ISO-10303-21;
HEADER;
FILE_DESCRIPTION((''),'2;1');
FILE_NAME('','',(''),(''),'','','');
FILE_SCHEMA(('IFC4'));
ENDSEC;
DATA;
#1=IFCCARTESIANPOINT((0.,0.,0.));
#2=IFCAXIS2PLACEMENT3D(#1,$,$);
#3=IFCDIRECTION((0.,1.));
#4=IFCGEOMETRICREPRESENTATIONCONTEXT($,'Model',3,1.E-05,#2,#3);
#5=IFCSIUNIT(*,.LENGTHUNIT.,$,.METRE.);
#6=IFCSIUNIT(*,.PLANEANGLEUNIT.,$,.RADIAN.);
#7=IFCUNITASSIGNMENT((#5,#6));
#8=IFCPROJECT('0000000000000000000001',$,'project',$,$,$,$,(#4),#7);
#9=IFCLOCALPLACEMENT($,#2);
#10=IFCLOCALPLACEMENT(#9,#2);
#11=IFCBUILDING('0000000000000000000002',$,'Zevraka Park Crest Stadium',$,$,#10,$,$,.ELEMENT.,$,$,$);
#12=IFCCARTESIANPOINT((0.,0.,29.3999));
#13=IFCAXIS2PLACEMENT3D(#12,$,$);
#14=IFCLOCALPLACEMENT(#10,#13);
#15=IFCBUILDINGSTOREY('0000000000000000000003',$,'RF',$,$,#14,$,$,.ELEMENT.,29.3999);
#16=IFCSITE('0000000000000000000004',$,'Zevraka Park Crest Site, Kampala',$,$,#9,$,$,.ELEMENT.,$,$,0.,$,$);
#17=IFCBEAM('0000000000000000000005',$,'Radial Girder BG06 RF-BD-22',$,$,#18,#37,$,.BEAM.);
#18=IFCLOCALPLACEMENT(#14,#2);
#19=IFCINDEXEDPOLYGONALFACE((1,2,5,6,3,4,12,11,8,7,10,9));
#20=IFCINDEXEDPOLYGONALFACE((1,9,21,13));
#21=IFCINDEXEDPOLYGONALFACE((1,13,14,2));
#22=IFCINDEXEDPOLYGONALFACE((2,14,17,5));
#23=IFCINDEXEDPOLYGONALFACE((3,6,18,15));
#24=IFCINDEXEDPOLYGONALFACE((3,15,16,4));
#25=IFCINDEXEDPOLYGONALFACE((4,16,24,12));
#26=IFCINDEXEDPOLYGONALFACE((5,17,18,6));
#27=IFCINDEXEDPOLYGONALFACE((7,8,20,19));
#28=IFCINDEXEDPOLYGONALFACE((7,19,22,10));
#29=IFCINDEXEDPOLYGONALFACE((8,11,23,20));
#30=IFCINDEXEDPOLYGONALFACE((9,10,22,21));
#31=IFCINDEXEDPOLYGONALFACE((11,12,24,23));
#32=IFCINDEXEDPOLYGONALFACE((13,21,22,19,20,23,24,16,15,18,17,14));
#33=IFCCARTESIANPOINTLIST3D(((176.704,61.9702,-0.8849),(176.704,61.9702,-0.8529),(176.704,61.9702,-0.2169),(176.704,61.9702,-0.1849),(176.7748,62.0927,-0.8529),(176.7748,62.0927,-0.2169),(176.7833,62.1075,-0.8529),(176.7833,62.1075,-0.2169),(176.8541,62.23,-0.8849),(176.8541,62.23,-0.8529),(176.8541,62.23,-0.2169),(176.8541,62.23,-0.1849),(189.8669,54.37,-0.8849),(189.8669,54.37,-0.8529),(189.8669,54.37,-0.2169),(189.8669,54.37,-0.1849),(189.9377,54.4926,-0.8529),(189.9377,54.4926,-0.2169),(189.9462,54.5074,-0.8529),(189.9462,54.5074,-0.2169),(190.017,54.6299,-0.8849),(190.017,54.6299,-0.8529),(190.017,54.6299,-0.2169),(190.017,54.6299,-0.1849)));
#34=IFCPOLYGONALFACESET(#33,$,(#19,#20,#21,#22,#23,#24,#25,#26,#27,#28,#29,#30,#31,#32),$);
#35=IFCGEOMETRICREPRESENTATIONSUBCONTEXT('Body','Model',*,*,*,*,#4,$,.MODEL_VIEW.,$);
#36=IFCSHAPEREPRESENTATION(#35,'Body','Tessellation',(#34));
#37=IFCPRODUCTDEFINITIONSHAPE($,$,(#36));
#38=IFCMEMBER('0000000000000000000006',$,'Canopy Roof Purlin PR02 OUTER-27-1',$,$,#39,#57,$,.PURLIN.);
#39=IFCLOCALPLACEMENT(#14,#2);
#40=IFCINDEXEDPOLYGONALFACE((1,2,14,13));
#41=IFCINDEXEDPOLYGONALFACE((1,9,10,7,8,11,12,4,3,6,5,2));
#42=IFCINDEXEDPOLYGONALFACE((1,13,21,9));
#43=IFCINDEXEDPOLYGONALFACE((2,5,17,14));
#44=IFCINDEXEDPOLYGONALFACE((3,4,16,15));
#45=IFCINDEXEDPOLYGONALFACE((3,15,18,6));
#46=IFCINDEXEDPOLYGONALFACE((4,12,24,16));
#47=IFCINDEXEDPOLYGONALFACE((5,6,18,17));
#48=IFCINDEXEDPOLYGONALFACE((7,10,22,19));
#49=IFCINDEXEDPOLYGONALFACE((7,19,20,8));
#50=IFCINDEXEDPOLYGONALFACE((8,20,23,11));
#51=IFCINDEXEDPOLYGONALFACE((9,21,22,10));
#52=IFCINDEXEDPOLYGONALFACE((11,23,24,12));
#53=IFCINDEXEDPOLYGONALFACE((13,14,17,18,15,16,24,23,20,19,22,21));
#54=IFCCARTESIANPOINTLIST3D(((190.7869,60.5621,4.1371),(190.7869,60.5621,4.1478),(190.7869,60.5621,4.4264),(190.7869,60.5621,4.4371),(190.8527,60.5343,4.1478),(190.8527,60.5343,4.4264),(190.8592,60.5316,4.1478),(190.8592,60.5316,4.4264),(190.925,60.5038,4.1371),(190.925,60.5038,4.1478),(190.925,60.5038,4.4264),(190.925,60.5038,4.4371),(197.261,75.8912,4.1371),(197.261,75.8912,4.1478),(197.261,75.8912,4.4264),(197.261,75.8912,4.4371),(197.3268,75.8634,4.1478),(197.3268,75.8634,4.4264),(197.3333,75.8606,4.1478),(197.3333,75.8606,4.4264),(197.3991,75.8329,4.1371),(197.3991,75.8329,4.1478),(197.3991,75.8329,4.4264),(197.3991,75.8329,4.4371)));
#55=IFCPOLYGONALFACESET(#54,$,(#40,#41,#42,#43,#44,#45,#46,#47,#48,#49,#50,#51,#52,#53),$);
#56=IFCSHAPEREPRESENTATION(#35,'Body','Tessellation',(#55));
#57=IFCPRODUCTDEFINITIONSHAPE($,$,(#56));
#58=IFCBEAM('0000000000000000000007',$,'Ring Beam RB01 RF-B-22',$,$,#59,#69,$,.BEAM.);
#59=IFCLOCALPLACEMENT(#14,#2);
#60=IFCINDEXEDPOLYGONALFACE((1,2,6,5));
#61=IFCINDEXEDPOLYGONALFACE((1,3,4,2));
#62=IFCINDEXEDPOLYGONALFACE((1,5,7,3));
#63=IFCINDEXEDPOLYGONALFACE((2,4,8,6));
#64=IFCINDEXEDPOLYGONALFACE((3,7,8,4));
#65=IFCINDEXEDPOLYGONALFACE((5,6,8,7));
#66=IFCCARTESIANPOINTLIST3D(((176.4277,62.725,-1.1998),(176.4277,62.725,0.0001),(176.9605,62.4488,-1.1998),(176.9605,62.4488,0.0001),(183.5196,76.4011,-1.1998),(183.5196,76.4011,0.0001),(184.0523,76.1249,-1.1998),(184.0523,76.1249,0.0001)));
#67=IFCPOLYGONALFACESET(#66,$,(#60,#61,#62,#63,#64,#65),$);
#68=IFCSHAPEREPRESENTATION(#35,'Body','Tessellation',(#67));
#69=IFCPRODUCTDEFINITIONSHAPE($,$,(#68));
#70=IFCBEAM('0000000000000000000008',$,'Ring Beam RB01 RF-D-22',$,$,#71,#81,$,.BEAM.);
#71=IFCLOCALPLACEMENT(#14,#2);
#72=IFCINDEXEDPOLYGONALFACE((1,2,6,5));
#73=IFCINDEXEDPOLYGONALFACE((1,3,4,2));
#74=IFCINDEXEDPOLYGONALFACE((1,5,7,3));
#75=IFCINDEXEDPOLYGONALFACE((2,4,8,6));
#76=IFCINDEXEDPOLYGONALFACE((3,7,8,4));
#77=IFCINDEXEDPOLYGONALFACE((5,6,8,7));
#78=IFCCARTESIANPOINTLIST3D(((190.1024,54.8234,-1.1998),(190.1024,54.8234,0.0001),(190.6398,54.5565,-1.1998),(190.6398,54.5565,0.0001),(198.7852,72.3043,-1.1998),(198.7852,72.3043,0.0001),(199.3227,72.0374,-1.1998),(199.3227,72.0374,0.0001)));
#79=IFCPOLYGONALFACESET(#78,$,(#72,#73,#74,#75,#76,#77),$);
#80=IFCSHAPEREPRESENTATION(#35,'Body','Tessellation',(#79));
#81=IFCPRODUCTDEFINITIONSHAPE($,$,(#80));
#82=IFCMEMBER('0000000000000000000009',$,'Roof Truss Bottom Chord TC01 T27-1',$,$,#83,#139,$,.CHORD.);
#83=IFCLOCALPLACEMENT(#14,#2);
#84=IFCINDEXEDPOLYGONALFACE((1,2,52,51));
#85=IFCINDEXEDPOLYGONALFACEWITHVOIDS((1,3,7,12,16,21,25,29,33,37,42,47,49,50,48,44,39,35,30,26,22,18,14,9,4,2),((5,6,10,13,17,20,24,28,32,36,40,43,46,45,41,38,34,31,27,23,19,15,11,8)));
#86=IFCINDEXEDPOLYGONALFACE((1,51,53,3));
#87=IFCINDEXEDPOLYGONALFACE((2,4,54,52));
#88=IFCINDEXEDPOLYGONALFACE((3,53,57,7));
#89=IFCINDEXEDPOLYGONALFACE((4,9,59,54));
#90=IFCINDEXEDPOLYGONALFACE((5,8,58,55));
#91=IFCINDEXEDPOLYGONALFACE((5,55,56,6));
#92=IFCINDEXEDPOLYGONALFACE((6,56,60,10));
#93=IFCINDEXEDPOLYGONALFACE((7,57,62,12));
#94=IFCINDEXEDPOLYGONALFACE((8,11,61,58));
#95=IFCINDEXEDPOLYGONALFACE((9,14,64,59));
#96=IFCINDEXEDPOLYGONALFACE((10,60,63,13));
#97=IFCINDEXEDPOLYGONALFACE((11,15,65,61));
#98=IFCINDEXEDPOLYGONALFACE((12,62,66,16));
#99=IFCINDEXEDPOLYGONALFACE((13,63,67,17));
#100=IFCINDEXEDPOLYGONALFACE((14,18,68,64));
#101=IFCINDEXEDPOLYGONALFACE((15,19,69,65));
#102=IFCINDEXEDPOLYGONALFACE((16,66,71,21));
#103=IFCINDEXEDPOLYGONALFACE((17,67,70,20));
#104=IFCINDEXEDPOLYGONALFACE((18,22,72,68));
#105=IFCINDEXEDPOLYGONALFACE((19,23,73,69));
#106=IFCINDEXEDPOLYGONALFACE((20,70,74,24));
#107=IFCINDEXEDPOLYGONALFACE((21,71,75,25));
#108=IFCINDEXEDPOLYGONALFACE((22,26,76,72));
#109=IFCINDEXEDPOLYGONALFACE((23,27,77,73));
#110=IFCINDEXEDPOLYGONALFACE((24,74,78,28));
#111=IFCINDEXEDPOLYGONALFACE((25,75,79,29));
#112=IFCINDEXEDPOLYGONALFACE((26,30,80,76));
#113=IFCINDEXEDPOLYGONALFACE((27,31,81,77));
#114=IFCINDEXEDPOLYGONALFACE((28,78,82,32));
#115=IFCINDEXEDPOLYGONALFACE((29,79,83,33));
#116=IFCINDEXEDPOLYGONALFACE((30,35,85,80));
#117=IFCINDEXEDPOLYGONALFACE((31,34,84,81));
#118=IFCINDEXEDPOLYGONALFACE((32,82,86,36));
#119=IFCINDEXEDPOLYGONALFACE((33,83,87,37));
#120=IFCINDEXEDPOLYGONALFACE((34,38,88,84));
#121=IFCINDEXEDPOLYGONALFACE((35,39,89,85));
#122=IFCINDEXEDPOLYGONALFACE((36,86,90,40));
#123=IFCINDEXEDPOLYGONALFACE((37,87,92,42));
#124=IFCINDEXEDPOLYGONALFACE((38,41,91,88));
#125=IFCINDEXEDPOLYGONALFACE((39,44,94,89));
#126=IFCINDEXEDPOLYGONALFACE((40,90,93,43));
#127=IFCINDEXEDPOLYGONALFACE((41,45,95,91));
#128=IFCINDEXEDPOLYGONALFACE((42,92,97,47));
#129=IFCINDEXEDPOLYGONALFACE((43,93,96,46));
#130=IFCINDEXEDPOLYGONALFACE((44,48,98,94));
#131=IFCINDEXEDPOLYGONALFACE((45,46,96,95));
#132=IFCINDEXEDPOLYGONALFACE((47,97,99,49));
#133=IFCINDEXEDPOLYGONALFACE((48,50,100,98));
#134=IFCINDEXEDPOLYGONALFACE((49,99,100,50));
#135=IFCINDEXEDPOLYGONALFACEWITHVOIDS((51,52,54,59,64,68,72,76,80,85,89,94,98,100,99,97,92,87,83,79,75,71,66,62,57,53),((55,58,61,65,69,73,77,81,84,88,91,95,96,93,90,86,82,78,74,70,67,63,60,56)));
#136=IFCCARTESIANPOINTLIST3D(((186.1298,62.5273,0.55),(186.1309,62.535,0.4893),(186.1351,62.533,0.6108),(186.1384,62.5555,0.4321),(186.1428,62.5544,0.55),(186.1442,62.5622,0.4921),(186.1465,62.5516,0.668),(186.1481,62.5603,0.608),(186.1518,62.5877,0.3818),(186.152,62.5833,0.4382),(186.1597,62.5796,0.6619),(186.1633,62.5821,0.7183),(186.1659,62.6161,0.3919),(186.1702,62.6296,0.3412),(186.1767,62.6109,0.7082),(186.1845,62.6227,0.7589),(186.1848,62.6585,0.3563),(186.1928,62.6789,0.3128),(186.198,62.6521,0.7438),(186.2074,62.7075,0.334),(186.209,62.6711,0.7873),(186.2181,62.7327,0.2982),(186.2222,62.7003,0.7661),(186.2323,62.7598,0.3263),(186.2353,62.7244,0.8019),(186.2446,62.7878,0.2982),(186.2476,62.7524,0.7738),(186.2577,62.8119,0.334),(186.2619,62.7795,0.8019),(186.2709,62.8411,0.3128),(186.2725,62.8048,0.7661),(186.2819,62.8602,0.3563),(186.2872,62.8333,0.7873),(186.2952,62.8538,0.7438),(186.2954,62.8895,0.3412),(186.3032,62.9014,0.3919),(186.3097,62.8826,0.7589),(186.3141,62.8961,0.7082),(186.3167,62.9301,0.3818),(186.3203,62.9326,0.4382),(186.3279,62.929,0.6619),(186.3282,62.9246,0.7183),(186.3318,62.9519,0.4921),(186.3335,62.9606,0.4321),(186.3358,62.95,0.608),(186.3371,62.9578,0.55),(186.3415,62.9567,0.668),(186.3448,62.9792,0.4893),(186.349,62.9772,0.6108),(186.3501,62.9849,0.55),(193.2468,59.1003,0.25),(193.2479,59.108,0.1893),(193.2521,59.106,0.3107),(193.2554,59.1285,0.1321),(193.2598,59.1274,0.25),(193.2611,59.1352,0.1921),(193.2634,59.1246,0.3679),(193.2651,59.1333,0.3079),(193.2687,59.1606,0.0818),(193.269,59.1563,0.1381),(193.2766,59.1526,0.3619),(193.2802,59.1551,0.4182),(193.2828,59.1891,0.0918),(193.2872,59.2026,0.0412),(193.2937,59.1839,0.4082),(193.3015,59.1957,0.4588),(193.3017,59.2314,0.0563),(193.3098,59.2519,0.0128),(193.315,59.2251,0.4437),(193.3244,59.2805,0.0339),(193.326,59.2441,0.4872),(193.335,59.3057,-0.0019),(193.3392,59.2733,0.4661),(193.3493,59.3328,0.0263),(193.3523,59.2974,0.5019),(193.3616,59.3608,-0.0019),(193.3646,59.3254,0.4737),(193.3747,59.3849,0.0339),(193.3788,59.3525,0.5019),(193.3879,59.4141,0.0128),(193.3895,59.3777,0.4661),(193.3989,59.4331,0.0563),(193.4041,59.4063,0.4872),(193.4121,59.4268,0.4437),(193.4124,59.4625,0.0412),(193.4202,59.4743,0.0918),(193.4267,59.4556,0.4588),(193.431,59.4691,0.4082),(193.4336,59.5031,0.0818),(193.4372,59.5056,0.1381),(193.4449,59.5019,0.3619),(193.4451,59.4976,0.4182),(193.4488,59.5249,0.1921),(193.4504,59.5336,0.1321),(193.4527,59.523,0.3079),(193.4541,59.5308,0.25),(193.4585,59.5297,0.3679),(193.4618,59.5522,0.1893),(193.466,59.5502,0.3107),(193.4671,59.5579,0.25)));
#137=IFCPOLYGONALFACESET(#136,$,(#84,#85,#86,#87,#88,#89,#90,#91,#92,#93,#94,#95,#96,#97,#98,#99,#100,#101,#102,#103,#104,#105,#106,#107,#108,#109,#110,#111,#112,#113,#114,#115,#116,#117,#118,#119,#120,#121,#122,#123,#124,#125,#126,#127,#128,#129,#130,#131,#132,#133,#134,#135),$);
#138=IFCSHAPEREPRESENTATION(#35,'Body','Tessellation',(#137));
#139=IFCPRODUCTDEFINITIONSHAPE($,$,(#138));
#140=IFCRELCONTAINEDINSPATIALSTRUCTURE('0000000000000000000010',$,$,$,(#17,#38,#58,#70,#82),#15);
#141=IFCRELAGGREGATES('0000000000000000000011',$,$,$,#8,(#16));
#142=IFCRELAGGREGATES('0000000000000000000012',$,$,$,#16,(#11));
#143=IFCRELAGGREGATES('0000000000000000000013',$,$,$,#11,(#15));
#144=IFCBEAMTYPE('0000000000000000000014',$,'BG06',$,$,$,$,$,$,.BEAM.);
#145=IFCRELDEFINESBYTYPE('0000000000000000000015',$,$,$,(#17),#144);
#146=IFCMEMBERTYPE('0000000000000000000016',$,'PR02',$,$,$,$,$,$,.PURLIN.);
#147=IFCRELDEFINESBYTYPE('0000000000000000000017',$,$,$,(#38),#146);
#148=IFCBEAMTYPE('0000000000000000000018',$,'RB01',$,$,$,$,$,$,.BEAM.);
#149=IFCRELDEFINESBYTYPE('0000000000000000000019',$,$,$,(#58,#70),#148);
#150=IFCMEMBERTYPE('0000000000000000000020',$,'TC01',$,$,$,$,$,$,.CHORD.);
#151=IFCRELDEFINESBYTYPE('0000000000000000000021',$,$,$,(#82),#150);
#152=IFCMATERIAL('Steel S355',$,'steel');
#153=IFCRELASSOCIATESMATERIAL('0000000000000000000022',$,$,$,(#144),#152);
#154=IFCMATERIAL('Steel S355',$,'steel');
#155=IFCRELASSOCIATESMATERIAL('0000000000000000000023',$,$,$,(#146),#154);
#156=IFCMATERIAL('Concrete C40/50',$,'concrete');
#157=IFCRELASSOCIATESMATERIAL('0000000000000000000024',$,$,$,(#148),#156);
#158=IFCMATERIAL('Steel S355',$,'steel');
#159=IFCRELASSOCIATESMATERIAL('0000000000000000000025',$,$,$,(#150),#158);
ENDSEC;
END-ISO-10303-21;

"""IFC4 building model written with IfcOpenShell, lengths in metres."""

from ifc_helpers import new_model, si_unit, direction, frame, origin, origin_2d, place, context, subcontext, project, spatial, rectangle, hollow_circle, i_section, extrude, material, material_profile, profile_set, type_object, element, save


model = new_model("IFC4")

# Units and contexts
model_context = context("Model", 3, precision=1e-05, world=origin(), true_north=direction((0.0, 1.0)))
body_context = subcontext(model_context, "Body", "Model", "MODEL_VIEW")
ifc_project = project(units=[si_unit("LENGTHUNIT", "METRE"), si_unit("PLANEANGLEUNIT", "RADIAN")], contexts=[model_context])

# Site, building, storey
site_placement = place(None, origin())
site = spatial("IfcSite", under=ifc_project, at=site_placement, Name="Zevraka Park Crest Site, Kampala", CompositionType="ELEMENT", RefElevation=0.0)
building_placement = place(site_placement, origin())
building = spatial("IfcBuilding", under=site, at=building_placement, Name="Zevraka Park Crest Stadium", CompositionType="ELEMENT")
storey_placement = place(building_placement, frame((0.0, 0.0, 29.3999)))
storey = spatial("IfcBuildingStorey", under=building, at=storey_placement, Name="RF", CompositionType="ELEMENT", Elevation=29.3999)

# Beam
ifc_material_1 = material(Name="Steel S355", Category="steel")
ifc_material_profile_1 = material_profile(ifc_material_1, i_section(OverallWidth=0.3, OverallDepth=0.7, WebThickness=0.0171, FlangeThickness=0.032, at=origin_2d()), Name="HEB 700")
ifc_profile_set_1 = profile_set([ifc_material_profile_1], Name="Steel S355")
beam_type_1 = type_object("IfcBeamType", Name="BG06", PredefinedType="BEAM", material=ifc_profile_set_1)
beam_1_placement = place(storey_placement, frame((176.7791, 62.1001, -0.5349), z_axis=(0.86601, -0.500026, 0.0), x_axis=(0.500026, 0.86601, 0.0)))
element("IfcBeam", 1, at=beam_1_placement, inside=storey, type_object=beam_type_1, Name="Radial Girder BG06 RF-BD-22", PredefinedType="BEAM", context=body_context, shape_type="SweptSolid", body=[
    extrude(i_section(OverallWidth=0.3, OverallDepth=0.7, WebThickness=0.0171, FlangeThickness=0.032, at=origin_2d()), origin(), (0.0, 0.0, 1.0), 15.1995),
])

# Member
ifc_material_2 = material(Name="Steel S355", Category="steel")
ifc_material_profile_2 = material_profile(ifc_material_2, i_section(OverallWidth=0.1499, OverallDepth=0.3, WebThickness=0.0071, FlangeThickness=0.0107, at=origin_2d()), Name="IPE 300")
ifc_profile_set_2 = profile_set([ifc_material_profile_2], Name="Steel S355")
member_type_1 = type_object("IfcMemberType", Name="PR02", PredefinedType="PURLIN", material=ifc_profile_set_2)
member_1_placement = place(storey_placement, frame((190.856, 60.533, 4.2871), z_axis=(0.389066, 0.92121, 0.0), x_axis=(-0.92121, 0.389066, 0.0)))
element("IfcMember", 2, at=member_1_placement, inside=storey, type_object=member_type_1, Name="Canopy Roof Purlin PR02 OUTER-27-1", PredefinedType="PURLIN", context=body_context, shape_type="SweptSolid", body=[
    extrude(i_section(OverallWidth=0.1499, OverallDepth=0.3, WebThickness=0.0071, FlangeThickness=0.0107, at=origin_2d()), origin(), (0.0, 0.0, 1.0), 16.6401),
])

# Beams
ifc_material_3 = material(Name="Concrete C40/50", Category="concrete")
ifc_material_profile_3 = material_profile(ifc_material_3, rectangle(XDim=0.6001, YDim=1.2, at=origin_2d()), Name="RC 1200x600")
ifc_profile_set_3 = profile_set([ifc_material_profile_3], Name="Concrete C40/50")
beam_type_2 = type_object("IfcBeamType", Name="RB01", PredefinedType="BEAM", material=ifc_profile_set_3)
beam_2_placement = place(storey_placement, frame((176.6941, 62.5869, -0.5999), z_axis=(0.460344, 0.887741, 0.0), x_axis=(-0.887741, 0.460344, 0.0)))
element("IfcBeam", 3, at=beam_2_placement, inside=storey, type_object=beam_type_2, Name="Ring Beam RB01 RF-B-22", PredefinedType="BEAM", context=body_context, shape_type="SweptSolid", body=[
    extrude(rectangle(XDim=0.6001, YDim=1.2, at=origin_2d()), origin(), (0.0, 0.0, 1.0), 15.4055),
])
beam_3_placement = place(storey_placement, frame((190.3711, 54.6899, -0.5999), z_axis=(0.444851, 0.895605, 0.0), x_axis=(-0.895605, 0.444851, 0.0)))
element("IfcBeam", 4, at=beam_3_placement, inside=storey, type_object=beam_type_2, Name="Ring Beam RB01 RF-D-22", PredefinedType="BEAM", context=body_context, shape_type="SweptSolid", body=[
    extrude(rectangle(XDim=0.6001, YDim=1.2, at=origin_2d()), origin(), (0.0, 0.0, 1.0), 19.5186),
])

# Member
ifc_material_4 = material(Name="Steel S355", Category="steel")
ifc_material_profile_4 = material_profile(ifc_material_4, hollow_circle(Radius=0.2539, WallThickness=0.03, at=origin_2d()), Name="CHS 508.0x30")
ifc_profile_set_4 = profile_set([ifc_material_profile_4], Name="Steel S355")
member_type_2 = type_object("IfcMemberType", Name="TC01", PredefinedType="CHORD", material=ifc_profile_set_4)
member_2_placement = place(storey_placement, frame((193.3569, 59.3291, 0.25), z_axis=(-0.900336, 0.433536, 0.037958), x_axis=(-0.433849, -0.900986, 0.0)))
element("IfcMember", 5, at=member_2_placement, inside=storey, type_object=member_type_2, Name="Roof Truss Bottom Chord TC01 T27-1", PredefinedType="CHORD", context=body_context, shape_type="SweptSolid", body=[
    extrude(hollow_circle(Radius=0.2539, WallThickness=0.03, at=origin_2d()), origin(), (0.0, 0.0, 1.0), 7.9048),
])

save(model, "model.ifc")
